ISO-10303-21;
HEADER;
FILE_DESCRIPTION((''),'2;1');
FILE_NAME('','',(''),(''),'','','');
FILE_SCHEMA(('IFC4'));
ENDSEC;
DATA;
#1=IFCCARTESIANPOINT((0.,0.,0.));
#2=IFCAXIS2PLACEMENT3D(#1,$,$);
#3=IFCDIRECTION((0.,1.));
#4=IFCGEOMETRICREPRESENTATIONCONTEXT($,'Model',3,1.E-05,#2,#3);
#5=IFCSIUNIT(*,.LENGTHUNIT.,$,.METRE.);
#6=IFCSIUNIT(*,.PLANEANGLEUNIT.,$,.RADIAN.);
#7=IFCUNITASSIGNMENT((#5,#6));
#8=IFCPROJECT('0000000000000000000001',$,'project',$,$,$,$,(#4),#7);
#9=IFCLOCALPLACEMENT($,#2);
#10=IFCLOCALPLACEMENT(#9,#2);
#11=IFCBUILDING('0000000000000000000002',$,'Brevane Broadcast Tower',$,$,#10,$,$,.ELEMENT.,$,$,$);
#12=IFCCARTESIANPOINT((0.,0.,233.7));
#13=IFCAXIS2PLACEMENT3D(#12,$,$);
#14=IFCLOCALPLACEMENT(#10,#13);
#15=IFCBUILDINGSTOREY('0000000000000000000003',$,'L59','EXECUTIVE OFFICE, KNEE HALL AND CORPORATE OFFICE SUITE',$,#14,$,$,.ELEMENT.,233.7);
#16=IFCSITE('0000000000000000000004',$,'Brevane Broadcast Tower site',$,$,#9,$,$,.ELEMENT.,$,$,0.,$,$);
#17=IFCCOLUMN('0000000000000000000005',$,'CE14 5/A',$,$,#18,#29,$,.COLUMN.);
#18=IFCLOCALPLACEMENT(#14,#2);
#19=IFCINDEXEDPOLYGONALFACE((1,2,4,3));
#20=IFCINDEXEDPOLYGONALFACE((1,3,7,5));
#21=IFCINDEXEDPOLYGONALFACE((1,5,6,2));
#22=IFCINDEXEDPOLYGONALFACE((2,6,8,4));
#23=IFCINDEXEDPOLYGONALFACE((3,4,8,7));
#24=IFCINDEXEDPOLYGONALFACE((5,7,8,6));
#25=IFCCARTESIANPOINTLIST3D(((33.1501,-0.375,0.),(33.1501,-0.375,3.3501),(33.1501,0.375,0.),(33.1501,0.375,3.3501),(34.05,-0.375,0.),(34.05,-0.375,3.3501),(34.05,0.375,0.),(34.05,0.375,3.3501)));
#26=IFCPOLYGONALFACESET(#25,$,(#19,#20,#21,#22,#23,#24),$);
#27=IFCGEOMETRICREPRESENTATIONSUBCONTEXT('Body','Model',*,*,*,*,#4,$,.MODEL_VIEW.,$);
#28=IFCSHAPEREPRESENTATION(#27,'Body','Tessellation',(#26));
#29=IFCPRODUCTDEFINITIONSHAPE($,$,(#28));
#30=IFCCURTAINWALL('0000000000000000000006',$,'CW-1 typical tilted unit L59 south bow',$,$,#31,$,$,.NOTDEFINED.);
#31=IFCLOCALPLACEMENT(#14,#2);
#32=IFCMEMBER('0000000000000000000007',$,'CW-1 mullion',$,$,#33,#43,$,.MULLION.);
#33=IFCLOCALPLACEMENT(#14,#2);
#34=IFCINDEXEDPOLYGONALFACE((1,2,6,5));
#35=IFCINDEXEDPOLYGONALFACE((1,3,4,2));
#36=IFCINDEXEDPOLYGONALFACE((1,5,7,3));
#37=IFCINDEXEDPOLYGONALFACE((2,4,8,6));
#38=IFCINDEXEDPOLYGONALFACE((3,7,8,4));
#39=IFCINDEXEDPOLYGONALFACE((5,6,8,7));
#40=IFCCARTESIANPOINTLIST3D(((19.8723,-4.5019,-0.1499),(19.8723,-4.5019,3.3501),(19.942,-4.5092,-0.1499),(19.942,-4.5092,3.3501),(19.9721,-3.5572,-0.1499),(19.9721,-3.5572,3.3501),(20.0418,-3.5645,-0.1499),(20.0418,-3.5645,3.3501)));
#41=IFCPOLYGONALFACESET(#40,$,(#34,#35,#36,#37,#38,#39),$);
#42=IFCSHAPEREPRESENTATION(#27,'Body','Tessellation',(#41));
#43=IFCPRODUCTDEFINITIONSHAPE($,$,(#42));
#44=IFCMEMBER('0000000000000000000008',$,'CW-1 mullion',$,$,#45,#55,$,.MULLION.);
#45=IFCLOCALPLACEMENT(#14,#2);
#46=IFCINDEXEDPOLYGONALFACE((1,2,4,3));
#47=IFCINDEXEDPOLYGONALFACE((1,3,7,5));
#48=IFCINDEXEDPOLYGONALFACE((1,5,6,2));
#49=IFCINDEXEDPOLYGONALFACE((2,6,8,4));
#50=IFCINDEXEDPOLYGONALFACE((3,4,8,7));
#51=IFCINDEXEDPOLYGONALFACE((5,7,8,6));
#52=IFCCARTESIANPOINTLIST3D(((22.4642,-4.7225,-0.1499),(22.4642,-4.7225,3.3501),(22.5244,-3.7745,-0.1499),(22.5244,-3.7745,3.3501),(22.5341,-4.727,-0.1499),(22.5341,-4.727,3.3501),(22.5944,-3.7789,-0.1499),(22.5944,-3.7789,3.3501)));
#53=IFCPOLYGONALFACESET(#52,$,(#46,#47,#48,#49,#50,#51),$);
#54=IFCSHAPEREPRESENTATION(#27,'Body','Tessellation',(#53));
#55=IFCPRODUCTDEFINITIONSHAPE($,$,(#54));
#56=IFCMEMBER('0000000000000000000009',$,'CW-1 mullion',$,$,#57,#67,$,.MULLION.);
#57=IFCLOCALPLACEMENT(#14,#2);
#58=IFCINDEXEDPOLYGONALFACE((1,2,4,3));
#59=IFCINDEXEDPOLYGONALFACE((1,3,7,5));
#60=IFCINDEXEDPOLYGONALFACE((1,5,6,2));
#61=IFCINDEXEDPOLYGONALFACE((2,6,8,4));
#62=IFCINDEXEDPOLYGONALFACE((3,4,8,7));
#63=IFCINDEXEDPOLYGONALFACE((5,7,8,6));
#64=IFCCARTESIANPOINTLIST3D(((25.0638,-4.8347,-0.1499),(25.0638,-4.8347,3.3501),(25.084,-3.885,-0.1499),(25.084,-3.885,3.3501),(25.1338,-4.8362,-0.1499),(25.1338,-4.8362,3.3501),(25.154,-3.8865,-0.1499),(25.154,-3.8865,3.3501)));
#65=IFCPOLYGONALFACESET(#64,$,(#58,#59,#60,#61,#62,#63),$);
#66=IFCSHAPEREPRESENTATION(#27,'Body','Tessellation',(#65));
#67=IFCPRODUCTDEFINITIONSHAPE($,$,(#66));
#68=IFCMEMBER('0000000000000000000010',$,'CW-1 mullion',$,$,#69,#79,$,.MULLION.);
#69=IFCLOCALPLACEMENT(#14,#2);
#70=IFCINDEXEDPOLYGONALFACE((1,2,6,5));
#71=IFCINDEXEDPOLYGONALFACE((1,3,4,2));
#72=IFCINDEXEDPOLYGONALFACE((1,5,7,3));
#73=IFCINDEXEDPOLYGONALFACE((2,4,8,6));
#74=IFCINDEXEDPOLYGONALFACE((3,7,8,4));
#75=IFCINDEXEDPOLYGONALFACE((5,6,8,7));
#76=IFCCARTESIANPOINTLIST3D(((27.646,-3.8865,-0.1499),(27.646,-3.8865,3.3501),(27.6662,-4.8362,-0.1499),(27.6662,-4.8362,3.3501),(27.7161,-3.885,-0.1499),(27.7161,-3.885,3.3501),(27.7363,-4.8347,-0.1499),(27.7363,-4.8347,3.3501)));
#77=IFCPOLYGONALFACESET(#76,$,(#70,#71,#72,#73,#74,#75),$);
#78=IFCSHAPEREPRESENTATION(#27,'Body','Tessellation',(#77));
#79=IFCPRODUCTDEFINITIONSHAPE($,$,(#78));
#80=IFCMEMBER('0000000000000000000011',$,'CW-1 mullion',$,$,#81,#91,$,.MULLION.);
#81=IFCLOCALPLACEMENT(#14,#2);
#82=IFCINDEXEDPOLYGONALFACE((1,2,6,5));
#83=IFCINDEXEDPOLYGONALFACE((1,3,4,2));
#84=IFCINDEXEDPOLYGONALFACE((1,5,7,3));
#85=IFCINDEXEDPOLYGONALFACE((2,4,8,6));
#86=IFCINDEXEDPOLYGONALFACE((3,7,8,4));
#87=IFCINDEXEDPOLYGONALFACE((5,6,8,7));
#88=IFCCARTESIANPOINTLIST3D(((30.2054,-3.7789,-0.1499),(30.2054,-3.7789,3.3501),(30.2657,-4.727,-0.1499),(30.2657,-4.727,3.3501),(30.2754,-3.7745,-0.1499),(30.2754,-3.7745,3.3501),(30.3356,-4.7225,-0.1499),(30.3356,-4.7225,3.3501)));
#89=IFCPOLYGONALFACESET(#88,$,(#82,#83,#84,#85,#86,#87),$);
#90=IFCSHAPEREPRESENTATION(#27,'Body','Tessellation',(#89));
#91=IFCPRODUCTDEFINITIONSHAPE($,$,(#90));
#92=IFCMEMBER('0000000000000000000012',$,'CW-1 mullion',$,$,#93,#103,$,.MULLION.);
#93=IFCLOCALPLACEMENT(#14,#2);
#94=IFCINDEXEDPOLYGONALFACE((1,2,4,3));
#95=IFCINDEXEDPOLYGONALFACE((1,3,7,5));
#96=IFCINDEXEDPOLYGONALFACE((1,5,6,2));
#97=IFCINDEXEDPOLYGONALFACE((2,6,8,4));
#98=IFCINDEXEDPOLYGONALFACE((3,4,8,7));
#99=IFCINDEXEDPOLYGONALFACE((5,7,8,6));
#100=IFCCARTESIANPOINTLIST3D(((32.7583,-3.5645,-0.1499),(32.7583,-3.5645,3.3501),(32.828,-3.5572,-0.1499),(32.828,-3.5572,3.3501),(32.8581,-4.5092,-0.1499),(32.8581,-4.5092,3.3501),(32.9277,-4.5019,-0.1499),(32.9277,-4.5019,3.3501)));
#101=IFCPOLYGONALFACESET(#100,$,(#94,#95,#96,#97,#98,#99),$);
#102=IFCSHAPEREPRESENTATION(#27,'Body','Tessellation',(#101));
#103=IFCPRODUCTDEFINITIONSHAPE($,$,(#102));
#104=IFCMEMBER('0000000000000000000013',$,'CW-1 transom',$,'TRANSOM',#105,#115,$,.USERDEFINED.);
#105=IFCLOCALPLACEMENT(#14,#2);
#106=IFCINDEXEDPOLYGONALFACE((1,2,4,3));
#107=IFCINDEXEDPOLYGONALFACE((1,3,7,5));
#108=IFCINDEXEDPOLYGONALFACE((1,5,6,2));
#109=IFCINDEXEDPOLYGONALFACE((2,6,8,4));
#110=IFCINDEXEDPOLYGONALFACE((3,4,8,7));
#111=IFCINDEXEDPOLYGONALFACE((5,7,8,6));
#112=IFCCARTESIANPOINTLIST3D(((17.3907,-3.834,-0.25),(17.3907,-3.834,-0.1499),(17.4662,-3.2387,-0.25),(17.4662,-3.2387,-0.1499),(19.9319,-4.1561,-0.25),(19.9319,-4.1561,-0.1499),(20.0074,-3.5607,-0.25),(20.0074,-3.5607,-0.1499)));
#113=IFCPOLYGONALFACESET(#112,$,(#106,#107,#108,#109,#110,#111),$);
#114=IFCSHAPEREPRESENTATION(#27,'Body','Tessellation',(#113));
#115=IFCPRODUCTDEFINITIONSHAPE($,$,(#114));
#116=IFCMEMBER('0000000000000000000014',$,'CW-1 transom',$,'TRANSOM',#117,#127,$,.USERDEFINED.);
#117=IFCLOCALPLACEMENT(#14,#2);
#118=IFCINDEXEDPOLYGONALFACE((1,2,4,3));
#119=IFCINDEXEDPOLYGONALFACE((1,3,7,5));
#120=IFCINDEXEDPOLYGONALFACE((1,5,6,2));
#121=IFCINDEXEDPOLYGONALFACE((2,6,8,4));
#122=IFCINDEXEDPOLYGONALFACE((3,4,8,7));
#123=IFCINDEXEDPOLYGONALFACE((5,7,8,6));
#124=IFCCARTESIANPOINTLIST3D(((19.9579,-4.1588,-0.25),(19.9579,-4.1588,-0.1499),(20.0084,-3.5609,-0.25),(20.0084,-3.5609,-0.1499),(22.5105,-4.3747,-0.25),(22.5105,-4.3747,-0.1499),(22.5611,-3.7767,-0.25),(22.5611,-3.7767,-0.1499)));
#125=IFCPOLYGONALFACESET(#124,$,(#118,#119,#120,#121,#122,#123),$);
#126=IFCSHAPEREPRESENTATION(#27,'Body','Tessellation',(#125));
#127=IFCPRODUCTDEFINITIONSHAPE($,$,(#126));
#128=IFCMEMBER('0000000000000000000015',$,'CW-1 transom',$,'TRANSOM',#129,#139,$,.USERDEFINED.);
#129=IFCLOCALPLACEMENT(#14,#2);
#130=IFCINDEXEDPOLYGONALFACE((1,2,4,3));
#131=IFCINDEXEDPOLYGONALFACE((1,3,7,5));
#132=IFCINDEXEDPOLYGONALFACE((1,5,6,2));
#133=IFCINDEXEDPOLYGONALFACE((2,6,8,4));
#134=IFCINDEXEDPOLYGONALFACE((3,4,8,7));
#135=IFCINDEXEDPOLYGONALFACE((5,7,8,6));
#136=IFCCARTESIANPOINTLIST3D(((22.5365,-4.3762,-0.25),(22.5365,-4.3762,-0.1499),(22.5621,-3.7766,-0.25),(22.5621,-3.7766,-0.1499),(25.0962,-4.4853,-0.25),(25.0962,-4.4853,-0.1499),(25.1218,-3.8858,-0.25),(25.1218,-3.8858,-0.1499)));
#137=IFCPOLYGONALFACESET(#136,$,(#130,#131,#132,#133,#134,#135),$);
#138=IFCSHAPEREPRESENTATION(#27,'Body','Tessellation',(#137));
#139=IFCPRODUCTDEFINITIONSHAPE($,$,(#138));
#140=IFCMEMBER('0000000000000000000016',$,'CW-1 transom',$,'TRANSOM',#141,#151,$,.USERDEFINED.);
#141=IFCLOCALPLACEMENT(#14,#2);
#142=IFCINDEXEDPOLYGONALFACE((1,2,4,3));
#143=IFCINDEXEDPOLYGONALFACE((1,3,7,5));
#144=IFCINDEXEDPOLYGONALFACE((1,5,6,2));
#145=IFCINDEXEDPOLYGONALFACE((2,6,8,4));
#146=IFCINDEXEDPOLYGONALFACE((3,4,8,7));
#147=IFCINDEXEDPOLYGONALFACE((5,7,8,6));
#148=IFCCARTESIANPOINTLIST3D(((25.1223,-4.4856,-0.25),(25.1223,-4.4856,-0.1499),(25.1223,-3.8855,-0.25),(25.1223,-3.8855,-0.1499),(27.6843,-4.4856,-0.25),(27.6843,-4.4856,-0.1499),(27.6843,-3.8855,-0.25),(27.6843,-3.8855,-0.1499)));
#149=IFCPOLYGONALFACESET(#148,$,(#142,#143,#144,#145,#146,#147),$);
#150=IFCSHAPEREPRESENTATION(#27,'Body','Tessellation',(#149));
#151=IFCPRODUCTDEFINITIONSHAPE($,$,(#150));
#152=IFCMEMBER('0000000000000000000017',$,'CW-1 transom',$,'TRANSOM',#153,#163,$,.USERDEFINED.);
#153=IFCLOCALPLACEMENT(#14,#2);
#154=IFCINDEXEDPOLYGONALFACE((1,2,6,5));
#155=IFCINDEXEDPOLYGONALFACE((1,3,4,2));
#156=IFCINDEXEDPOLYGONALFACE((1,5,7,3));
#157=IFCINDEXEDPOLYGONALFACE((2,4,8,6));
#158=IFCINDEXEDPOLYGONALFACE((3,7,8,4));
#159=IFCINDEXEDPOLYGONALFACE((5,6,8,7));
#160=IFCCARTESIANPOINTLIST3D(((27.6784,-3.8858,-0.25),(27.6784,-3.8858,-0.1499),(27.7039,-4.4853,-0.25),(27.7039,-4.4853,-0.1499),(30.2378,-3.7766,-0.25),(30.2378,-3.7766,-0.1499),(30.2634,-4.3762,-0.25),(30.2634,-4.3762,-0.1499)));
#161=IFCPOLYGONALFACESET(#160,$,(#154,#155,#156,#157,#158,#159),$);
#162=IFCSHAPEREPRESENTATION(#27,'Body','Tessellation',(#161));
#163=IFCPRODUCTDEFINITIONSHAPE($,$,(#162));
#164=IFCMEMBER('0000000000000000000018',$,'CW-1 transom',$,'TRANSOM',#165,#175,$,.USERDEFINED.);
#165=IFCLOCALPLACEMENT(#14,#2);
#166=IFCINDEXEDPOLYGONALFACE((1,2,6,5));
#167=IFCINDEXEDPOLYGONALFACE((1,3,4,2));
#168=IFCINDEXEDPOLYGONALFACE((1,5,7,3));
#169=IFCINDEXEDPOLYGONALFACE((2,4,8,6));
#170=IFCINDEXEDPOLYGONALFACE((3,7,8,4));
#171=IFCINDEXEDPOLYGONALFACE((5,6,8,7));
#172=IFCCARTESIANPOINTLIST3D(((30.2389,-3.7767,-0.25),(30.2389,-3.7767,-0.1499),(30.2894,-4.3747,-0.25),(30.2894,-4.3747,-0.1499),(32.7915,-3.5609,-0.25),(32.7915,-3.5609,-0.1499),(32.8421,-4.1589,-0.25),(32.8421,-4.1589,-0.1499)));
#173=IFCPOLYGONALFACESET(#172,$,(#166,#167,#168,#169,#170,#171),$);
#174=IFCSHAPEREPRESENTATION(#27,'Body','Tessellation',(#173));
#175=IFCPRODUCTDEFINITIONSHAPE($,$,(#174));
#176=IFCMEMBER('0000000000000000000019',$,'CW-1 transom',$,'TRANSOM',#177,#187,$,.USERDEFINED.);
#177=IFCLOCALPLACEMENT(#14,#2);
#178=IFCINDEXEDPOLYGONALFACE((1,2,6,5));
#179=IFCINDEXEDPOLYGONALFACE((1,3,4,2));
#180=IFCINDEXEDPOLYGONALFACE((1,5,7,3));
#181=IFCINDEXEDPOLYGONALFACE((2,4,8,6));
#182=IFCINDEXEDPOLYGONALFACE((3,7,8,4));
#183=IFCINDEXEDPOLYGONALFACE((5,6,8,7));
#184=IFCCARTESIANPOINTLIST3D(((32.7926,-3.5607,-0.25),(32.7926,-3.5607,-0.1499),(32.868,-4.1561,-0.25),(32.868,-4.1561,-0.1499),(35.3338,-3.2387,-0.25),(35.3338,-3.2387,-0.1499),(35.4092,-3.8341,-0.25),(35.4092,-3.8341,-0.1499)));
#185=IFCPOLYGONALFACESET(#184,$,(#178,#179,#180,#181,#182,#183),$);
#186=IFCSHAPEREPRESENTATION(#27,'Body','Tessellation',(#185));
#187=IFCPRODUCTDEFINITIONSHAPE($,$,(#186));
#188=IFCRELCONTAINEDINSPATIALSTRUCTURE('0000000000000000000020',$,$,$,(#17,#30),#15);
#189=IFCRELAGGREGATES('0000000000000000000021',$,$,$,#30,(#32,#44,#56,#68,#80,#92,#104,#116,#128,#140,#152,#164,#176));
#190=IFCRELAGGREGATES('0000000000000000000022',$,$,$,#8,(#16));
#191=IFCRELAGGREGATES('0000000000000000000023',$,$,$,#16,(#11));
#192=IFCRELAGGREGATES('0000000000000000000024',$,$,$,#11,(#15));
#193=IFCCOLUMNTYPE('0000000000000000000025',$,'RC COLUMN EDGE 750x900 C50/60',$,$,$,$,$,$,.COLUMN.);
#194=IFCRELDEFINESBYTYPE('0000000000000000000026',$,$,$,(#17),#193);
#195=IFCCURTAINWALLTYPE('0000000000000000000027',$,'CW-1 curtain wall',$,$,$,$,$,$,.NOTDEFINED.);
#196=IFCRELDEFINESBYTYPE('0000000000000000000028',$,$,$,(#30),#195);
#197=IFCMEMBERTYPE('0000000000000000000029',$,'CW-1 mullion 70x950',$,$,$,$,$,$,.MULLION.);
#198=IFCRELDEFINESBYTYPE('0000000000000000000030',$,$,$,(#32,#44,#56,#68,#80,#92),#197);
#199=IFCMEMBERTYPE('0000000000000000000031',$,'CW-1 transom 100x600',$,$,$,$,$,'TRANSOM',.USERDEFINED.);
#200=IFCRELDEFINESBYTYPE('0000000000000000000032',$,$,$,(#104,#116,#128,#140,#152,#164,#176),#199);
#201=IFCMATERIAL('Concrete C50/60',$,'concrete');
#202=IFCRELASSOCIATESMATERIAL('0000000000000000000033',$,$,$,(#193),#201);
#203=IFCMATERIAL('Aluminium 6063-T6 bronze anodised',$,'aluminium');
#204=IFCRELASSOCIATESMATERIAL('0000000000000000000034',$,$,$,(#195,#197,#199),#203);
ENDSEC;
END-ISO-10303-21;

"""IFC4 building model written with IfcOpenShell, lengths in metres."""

from ifc_helpers import new_model, si_unit, direction, frame, origin, origin_2d, place, context, subcontext, project, spatial, rectangle, extrude, material, material_profile, profile_set, type_object, element, aggregate, save


model = new_model("IFC4")

# Units and contexts
model_context = context("Model", 3, precision=1e-05, world=origin(), true_north=direction((0.0, 1.0)))
body_context = subcontext(model_context, "Body", "Model", "MODEL_VIEW")
ifc_project = project(units=[si_unit("LENGTHUNIT", "METRE"), si_unit("PLANEANGLEUNIT", "RADIAN")], contexts=[model_context])

# Site, building, storey
site_placement = place(None, origin())
site = spatial("IfcSite", under=ifc_project, at=site_placement, Name="Brevane Broadcast Tower site", CompositionType="ELEMENT", RefElevation=0.0)
building_placement = place(site_placement, origin())
building = spatial("IfcBuilding", under=site, at=building_placement, Name="Brevane Broadcast Tower", CompositionType="ELEMENT")
storey_placement = place(building_placement, frame((0.0, 0.0, 233.7)))
storey = spatial("IfcBuildingStorey", under=building, at=storey_placement, Name="L59", Description="EXECUTIVE OFFICE, KNEE HALL AND CORPORATE OFFICE SUITE", CompositionType="ELEMENT", Elevation=233.7)

# Column
ifc_material_1 = material(Name="Concrete C50/60", Category="concrete")
ifc_material_profile_1 = material_profile(ifc_material_1, rectangle(XDim=0.75, YDim=0.8999, at=origin_2d()), Name="RC 750x900")
ifc_profile_set_1 = profile_set([ifc_material_profile_1], Name="Concrete C50/60")
column_type = type_object("IfcColumnType", Name="RC COLUMN EDGE 750x900 C50/60", PredefinedType="COLUMN", material=ifc_profile_set_1)
column_placement = place(storey_placement, frame((33.6001, 0.0, 0.0), z_axis=(0.0, 0.0, 1.0), x_axis=(0.0, 1.0, 0.0)))
element("IfcColumn", 1, at=column_placement, inside=storey, type_object=column_type, Name="CE14 5/A", PredefinedType="COLUMN", context=body_context, shape_type="SweptSolid", body=[
    extrude(rectangle(XDim=0.75, YDim=0.8999, at=origin_2d()), origin(), (0.0, 0.0, 1.0), 3.3501),
])

# Curtain wall, members
ifc_material_2 = material(Name="Aluminium 6063-T6 bronze anodised", Category="aluminium")
curtain_wall_type = type_object("IfcCurtainWallType", Name="CW-1 curtain wall", PredefinedType="NOTDEFINED", material=ifc_material_2)
curtain_wall_placement = place(storey_placement, origin())
curtain_wall = element("IfcCurtainWall", 2, at=curtain_wall_placement, inside=storey, type_object=curtain_wall_type, Name="CW-1 typical tilted unit L59 south bow", PredefinedType="NOTDEFINED")
ifc_material_profile_2 = material_profile(ifc_material_2, rectangle(XDim=0.95, YDim=0.0701, at=origin_2d()), Name="RECT 70x950")
ifc_profile_set_2 = profile_set([ifc_material_profile_2], Name="Aluminium 6063-T6 bronze anodised")
member_type_1 = type_object("IfcMemberType", Name="CW-1 mullion 70x950", PredefinedType="MULLION", material=ifc_profile_set_2)
member_1_placement = place(storey_placement, frame((19.957, -4.0332, -0.1499), z_axis=(0.0, 0.0, 1.0), x_axis=(0.105018, 0.99447, 0.0)))
member_1 = element("IfcMember", 3, at=member_1_placement, type_object=member_type_1, Name="CW-1 mullion", PredefinedType="MULLION", context=body_context, shape_type="SweptSolid", body=[
    extrude(rectangle(XDim=0.95, YDim=0.0701, at=origin_2d()), origin(), (0.0, 0.0, 1.0), 3.5),
])
member_2_placement = place(storey_placement, frame((22.5293, -4.2507, -0.1499), z_axis=(0.0, 0.0, 1.0), x_axis=(0.063406, 0.997988, 0.0)))
member_2 = element("IfcMember", 4, at=member_2_placement, type_object=member_type_1, Name="CW-1 mullion", PredefinedType="MULLION", context=body_context, shape_type="SweptSolid", body=[
    extrude(rectangle(XDim=0.95, YDim=0.0701, at=origin_2d()), origin(), (0.0, 0.0, 1.0), 3.5),
])
member_3_placement = place(storey_placement, frame((25.1089, -4.3606, -0.1499), z_axis=(0.0, 0.0, 1.0), x_axis=(0.021282, 0.999774, 0.0)))
member_3 = element("IfcMember", 5, at=member_3_placement, type_object=member_type_1, Name="CW-1 mullion", PredefinedType="MULLION", context=body_context, shape_type="SweptSolid", body=[
    extrude(rectangle(XDim=0.95, YDim=0.0701, at=origin_2d()), origin(), (0.0, 0.0, 1.0), 3.5),
])
member_4_placement = place(storey_placement, frame((27.6912, -4.3606, -0.1499), z_axis=(0.0, 0.0, 1.0), x_axis=(-0.021282, 0.999774, 0.0)))
member_4 = element("IfcMember", 6, at=member_4_placement, type_object=member_type_1, Name="CW-1 mullion", PredefinedType="MULLION", context=body_context, shape_type="SweptSolid", body=[
    extrude(rectangle(XDim=0.95, YDim=0.0701, at=origin_2d()), origin(), (0.0, 0.0, 1.0), 3.5),
])
member_5_placement = place(storey_placement, frame((30.2705, -4.2507, -0.1499), z_axis=(0.0, 0.0, 1.0), x_axis=(-0.063406, 0.997988, 0.0)))
member_5 = element("IfcMember", 7, at=member_5_placement, type_object=member_type_1, Name="CW-1 mullion", PredefinedType="MULLION", context=body_context, shape_type="SweptSolid", body=[
    extrude(rectangle(XDim=0.95, YDim=0.0701, at=origin_2d()), origin(), (0.0, 0.0, 1.0), 3.5),
])
member_6_placement = place(storey_placement, frame((32.843, -4.0332, -0.1499), z_axis=(0.0, 0.0, 1.0), x_axis=(-0.105018, 0.99447, 0.0)))
member_6 = element("IfcMember", 8, at=member_6_placement, type_object=member_type_1, Name="CW-1 mullion", PredefinedType="MULLION", context=body_context, shape_type="SweptSolid", body=[
    extrude(rectangle(XDim=0.95, YDim=0.0701, at=origin_2d()), origin(), (0.0, 0.0, 1.0), 3.5),
])
ifc_material_profile_3 = material_profile(ifc_material_2, rectangle(XDim=0.6001, YDim=0.1001, at=origin_2d()), Name="RECT 100x600")
ifc_profile_set_3 = profile_set([ifc_material_profile_3], Name="Aluminium 6063-T6 bronze anodised")
member_type_2 = type_object("IfcMemberType", Name="CW-1 transom 100x600", ElementType="TRANSOM", PredefinedType="USERDEFINED", material=ifc_profile_set_3)
member_7_placement = place(storey_placement, frame((17.4285, -3.5364, -0.2), z_axis=(0.992067, -0.125712, 0.0), x_axis=(0.125712, 0.992067, 0.0)))
member_7 = element("IfcMember", 9, at=member_7_placement, type_object=member_type_2, Name="CW-1 transom", ObjectType="TRANSOM", PredefinedType="USERDEFINED", context=body_context, shape_type="SweptSolid", body=[
    extrude(rectangle(XDim=0.6001, YDim=0.1001, at=origin_2d()), origin(), (0.0, 0.0, 1.0), 2.5615),
])
member_8_placement = place(storey_placement, frame((19.9832, -3.8599, -0.2), z_axis=(0.996445, -0.084244, 0.0), x_axis=(0.084244, 0.996445, 0.0)))
member_8 = element("IfcMember", 10, at=member_8_placement, type_object=member_type_2, Name="CW-1 transom", ObjectType="TRANSOM", PredefinedType="USERDEFINED", context=body_context, shape_type="SweptSolid", body=[
    extrude(rectangle(XDim=0.6001, YDim=0.1001, at=origin_2d()), origin(), (0.0, 0.0, 1.0), 2.5618),
])
member_9_placement = place(storey_placement, frame((22.5493, -4.0764, -0.2), z_axis=(0.999092, -0.042598, 0.0), x_axis=(0.042598, 0.999092, 0.0)))
member_9 = element("IfcMember", 11, at=member_9_placement, type_object=member_type_2, Name="CW-1 transom", ObjectType="TRANSOM", PredefinedType="USERDEFINED", context=body_context, shape_type="SweptSolid", body=[
    extrude(rectangle(XDim=0.6001, YDim=0.1001, at=origin_2d()), origin(), (0.0, 0.0, 1.0), 2.562),
])
member_10_placement = place(storey_placement, frame((25.1223, -4.1855, -0.2), z_axis=(1.0, 0.0, 0.0), x_axis=(0.0, 1.0, 0.0)))
member_10 = element("IfcMember", 12, at=member_10_placement, type_object=member_type_2, Name="CW-1 transom", ObjectType="TRANSOM", PredefinedType="USERDEFINED", context=body_context, shape_type="SweptSolid", body=[
    extrude(rectangle(XDim=0.6001, YDim=0.1001, at=origin_2d()), origin(), (0.0, 0.0, 1.0), 2.562),
])
member_11_placement = place(storey_placement, frame((27.6912, -4.1855, -0.2), z_axis=(0.999092, 0.042602, 0.0), x_axis=(-0.042602, 0.999092, 0.0)))
member_11 = element("IfcMember", 13, at=member_11_placement, type_object=member_type_2, Name="CW-1 transom", ObjectType="TRANSOM", PredefinedType="USERDEFINED", context=body_context, shape_type="SweptSolid", body=[
    extrude(rectangle(XDim=0.6001, YDim=0.1001, at=origin_2d()), origin(), (0.0, 0.0, 1.0), 2.5618),
])
member_12_placement = place(storey_placement, frame((30.2642, -4.0757, -0.2), z_axis=(0.996445, 0.084244, 0.0), x_axis=(-0.084244, 0.996445, 0.0)))
member_12 = element("IfcMember", 14, at=member_12_placement, type_object=member_type_2, Name="CW-1 transom", ObjectType="TRANSOM", PredefinedType="USERDEFINED", context=body_context, shape_type="SweptSolid", body=[
    extrude(rectangle(XDim=0.6001, YDim=0.1001, at=origin_2d()), origin(), (0.0, 0.0, 1.0), 2.5618),
])
member_13_placement = place(storey_placement, frame((32.8303, -3.8584, -0.2), z_axis=(0.992067, 0.125712, 0.0), x_axis=(-0.125712, 0.992067, 0.0)))
member_13 = element("IfcMember", 15, at=member_13_placement, type_object=member_type_2, Name="CW-1 transom", ObjectType="TRANSOM", PredefinedType="USERDEFINED", context=body_context, shape_type="SweptSolid", body=[
    extrude(rectangle(XDim=0.6001, YDim=0.1001, at=origin_2d()), origin(), (0.0, 0.0, 1.0), 2.5615),
])
aggregate(curtain_wall, [member_1, member_2, member_3, member_4, member_5, member_6, member_7, member_8, member_9, member_10, member_11, member_12, member_13])

save(model, "model.ifc")
